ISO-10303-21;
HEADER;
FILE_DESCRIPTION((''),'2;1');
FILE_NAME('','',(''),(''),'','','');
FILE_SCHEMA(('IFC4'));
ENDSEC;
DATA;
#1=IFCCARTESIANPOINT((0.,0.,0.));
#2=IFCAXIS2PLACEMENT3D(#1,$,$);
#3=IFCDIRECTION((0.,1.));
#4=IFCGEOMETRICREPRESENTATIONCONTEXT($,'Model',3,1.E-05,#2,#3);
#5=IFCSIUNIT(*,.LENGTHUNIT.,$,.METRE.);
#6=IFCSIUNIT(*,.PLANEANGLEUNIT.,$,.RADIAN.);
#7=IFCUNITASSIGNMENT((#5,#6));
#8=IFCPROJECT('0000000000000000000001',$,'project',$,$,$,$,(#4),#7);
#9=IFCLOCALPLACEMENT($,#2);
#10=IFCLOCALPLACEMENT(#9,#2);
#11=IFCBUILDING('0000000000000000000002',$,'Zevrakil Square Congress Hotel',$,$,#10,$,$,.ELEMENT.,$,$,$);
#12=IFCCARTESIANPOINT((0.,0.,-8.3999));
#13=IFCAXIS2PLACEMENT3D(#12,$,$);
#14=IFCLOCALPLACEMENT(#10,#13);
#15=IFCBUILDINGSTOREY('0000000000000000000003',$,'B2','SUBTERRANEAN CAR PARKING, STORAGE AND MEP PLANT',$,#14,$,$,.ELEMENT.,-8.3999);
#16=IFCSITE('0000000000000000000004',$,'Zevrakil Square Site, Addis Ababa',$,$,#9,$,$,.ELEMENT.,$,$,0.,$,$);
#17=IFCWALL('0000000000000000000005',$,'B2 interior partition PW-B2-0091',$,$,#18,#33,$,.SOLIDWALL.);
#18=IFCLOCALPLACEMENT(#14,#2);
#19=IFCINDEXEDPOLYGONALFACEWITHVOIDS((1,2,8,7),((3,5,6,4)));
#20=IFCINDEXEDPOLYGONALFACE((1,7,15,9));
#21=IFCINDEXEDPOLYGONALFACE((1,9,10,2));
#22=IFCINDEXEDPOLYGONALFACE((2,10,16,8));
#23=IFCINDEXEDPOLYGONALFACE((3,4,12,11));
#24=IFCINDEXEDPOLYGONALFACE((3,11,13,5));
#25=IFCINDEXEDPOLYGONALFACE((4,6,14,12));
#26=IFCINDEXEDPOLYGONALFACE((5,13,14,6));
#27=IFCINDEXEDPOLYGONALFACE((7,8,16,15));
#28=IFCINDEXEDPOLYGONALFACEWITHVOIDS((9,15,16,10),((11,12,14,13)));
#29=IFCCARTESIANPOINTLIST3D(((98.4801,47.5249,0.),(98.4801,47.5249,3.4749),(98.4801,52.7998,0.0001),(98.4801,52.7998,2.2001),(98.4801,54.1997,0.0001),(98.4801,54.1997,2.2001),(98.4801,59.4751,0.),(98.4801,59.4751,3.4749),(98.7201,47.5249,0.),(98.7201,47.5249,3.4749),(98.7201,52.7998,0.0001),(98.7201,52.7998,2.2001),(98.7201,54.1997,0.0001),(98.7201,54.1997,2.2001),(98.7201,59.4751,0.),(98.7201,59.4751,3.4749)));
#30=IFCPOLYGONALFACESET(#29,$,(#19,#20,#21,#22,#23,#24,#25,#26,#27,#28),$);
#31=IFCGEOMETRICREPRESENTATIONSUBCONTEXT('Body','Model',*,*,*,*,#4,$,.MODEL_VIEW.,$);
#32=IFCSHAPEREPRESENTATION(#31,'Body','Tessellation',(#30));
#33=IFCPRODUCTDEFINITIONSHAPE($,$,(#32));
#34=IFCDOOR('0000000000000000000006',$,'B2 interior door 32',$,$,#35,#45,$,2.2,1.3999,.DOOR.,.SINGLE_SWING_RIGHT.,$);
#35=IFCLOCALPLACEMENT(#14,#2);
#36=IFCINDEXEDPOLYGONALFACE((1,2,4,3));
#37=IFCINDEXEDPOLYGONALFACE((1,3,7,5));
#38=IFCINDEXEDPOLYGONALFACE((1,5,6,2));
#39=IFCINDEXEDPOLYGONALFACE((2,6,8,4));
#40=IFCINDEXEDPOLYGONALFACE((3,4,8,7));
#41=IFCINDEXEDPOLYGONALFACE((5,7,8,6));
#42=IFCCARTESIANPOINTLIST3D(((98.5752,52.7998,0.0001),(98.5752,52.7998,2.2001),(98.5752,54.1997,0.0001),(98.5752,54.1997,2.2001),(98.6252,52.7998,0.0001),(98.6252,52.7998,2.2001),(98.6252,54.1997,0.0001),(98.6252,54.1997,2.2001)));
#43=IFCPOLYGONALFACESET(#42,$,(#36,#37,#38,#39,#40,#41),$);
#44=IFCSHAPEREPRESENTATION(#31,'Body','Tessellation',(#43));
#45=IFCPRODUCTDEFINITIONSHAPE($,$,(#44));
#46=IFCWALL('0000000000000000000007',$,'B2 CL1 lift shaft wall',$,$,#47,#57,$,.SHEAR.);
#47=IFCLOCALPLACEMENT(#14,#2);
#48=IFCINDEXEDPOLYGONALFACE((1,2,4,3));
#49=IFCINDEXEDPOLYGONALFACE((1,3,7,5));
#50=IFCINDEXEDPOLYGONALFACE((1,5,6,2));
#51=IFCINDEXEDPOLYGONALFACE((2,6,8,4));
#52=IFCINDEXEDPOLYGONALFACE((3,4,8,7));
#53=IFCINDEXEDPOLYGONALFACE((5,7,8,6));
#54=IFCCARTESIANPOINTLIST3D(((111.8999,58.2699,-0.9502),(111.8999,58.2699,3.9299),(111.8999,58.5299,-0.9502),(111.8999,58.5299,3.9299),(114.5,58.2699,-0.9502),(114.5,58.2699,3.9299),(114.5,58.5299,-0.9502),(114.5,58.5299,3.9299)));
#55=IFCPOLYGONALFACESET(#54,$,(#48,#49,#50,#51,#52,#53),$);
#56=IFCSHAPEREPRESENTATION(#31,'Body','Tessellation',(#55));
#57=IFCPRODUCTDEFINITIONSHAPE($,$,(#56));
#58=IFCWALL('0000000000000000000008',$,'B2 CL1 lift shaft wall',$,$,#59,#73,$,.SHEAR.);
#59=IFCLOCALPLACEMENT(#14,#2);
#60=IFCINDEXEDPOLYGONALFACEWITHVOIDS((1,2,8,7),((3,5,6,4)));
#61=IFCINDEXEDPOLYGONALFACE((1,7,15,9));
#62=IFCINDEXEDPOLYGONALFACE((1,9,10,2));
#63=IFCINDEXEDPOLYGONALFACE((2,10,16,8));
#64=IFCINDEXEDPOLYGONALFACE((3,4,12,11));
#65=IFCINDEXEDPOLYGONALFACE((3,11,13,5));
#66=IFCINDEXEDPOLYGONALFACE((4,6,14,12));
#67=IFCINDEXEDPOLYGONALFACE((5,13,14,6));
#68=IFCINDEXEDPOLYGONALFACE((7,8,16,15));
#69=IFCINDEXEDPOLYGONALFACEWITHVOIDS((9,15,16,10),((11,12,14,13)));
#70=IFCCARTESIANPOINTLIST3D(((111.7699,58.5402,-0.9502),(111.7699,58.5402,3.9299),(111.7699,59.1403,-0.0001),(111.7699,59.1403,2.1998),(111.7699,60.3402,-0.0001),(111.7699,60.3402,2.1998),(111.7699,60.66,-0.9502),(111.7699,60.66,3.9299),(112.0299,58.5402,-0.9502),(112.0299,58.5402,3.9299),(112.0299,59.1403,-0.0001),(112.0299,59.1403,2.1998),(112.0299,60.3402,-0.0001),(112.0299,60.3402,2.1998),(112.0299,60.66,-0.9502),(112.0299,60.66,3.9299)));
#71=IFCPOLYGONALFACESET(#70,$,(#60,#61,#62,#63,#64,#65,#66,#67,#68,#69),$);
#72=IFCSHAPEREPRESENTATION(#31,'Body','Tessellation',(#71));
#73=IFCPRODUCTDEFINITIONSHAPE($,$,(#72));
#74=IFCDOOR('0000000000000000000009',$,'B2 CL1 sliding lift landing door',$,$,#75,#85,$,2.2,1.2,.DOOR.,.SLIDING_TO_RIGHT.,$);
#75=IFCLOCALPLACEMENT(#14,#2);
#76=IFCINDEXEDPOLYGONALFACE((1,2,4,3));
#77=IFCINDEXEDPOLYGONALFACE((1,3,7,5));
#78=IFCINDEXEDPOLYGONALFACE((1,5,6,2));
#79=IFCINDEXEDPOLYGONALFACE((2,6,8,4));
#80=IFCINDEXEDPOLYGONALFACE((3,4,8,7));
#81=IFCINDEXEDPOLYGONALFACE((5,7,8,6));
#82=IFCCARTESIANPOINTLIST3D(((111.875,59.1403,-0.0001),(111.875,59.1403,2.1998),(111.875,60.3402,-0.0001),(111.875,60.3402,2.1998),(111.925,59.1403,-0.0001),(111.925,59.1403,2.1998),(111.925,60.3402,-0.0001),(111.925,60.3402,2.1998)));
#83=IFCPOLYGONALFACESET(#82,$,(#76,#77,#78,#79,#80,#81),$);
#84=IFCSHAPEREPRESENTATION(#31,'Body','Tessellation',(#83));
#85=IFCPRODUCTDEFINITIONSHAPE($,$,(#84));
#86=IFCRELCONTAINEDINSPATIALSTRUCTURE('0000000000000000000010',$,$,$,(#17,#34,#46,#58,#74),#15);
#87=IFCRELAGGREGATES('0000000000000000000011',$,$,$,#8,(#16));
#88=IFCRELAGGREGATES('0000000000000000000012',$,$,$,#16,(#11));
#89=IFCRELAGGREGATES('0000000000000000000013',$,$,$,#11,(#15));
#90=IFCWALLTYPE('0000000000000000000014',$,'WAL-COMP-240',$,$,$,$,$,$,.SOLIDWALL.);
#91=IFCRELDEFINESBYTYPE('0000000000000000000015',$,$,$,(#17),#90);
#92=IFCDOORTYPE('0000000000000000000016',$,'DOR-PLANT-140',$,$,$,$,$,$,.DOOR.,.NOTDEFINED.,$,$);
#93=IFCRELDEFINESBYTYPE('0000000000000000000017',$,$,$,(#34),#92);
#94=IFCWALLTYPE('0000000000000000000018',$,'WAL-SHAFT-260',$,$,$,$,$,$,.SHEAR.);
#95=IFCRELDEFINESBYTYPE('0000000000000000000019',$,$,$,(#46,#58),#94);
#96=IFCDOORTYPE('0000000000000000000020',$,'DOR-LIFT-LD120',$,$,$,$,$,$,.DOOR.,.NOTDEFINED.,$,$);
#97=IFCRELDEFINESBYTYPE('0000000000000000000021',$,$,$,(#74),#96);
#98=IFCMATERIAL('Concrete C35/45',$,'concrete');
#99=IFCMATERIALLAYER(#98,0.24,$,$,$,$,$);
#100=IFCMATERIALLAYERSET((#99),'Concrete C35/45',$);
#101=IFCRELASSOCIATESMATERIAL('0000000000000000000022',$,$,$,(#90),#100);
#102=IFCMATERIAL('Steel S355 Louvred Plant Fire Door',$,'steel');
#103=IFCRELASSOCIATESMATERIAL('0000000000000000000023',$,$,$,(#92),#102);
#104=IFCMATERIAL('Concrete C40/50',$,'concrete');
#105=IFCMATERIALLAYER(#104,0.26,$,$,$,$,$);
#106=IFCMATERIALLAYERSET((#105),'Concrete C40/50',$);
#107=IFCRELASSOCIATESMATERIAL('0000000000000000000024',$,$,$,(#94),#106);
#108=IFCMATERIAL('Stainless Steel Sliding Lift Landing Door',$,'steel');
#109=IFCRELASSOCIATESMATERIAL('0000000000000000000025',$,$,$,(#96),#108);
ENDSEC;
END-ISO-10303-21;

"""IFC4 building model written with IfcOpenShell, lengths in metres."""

from ifc_helpers import new_model, si_unit, direction, frame, frame_2d, origin, place, context, subcontext, project, spatial, rectangle, extrude, material, layer, layer_set, type_object, element, fill, save


model = new_model("IFC4")

# Units and contexts
model_context = context("Model", 3, precision=1e-05, world=origin(), true_north=direction((0.0, 1.0)))
body_context = subcontext(model_context, "Body", "Model", "MODEL_VIEW")
ifc_project = project(units=[si_unit("LENGTHUNIT", "METRE"), si_unit("PLANEANGLEUNIT", "RADIAN")], contexts=[model_context])

# Site, building, storey
site_placement = place(None, origin())
site = spatial("IfcSite", under=ifc_project, at=site_placement, Name="Zevrakil Square Site, Addis Ababa", CompositionType="ELEMENT", RefElevation=0.0)
building_placement = place(site_placement, origin())
building = spatial("IfcBuilding", under=site, at=building_placement, Name="Zevrakil Square Congress Hotel", CompositionType="ELEMENT")
storey_placement = place(building_placement, frame((0.0, 0.0, -8.3999)))
storey = spatial("IfcBuildingStorey", under=building, at=storey_placement, Name="B2", Description="SUBTERRANEAN CAR PARKING, STORAGE AND MEP PLANT", CompositionType="ELEMENT", Elevation=-8.3999)

# Shared definitions
ifc_material_1 = material(Name="Concrete C35/45", Category="concrete")
ifc_layer_1 = layer(ifc_material_1, 0.24)
ifc_layer_set_1 = layer_set([ifc_layer_1], Name="Concrete C35/45")
wall_type_1 = type_object("IfcWallType", Name="WAL-COMP-240", PredefinedType="SOLIDWALL", material=ifc_layer_set_1)

# Wall, opening, door
wall_1_placement = place(storey_placement, frame((98.6001, 47.5249, 0.0), z_axis=(0.0, 0.0, 1.0), x_axis=(0.0, 1.0, 0.0)))
wall_1 = element("IfcWall", 1, at=wall_1_placement, inside=storey, type_object=wall_type_1, Name="B2 interior partition PW-B2-0091", PredefinedType="SOLIDWALL", context=body_context, shape_type="SweptSolid", body=[
    extrude(rectangle(XDim=11.9502, YDim=0.24, at=frame_2d((5.9751, 0.0))), origin(), (0.0, 0.0, 1.0), 3.4749),
])
opening_1_placement = place(wall_1_placement, frame((5.2749, 0.0, 0.0)))
opening_1 = element("IfcOpeningElement", 2, at=opening_1_placement, cuts=wall_1, PredefinedType="OPENING", context=body_context, shape_type="SweptSolid", body=[
    extrude(rectangle(XDim=1.3999, YDim=2.2, at=frame_2d((0.7, 1.1001))), frame((0.0, 0.1299, 0.0), z_axis=(0.0, -1.0, 0.0), x_axis=(1.0, 0.0, 0.0)), (0.0, 0.0, 1.0), 0.26),
])
ifc_material_2 = material(Name="Steel S355 Louvred Plant Fire Door", Category="steel")
door_type_1 = type_object("IfcDoorType", Name="DOR-PLANT-140", OperationType="NOTDEFINED", PredefinedType="DOOR", material=ifc_material_2)
door_1_placement = place(opening_1_placement, origin())
door_1 = element("IfcDoor", 3, at=door_1_placement, inside=storey, type_object=door_type_1, Name="B2 interior door 32", OperationType="SINGLE_SWING_RIGHT", OverallHeight=2.2, OverallWidth=1.3999, PredefinedType="DOOR", context=body_context, shape_type="SweptSolid", body=[
    extrude(rectangle(XDim=1.3999, YDim=2.2, at=frame_2d((0.7, 1.1001))), frame((0.0, 0.0249, 0.0), z_axis=(0.0, -1.0, 0.0), x_axis=(1.0, 0.0, 0.0)), (0.0, 0.0, 1.0), 0.05),
])
fill(opening_1, door_1)

# Wall
ifc_material_3 = material(Name="Concrete C40/50", Category="concrete")
ifc_layer_2 = layer(ifc_material_3, 0.26)
ifc_layer_set_2 = layer_set([ifc_layer_2], Name="Concrete C40/50")
wall_type_2 = type_object("IfcWallType", Name="WAL-SHAFT-260", PredefinedType="SHEAR", material=ifc_layer_set_2)
wall_2_placement = place(storey_placement, frame((111.8999, 58.3999, -0.9502), z_axis=(0.0, 0.0, 1.0), x_axis=(1.0, 0.0, 0.0)))
element("IfcWall", 4, at=wall_2_placement, inside=storey, type_object=wall_type_2, Name="B2 CL1 lift shaft wall", PredefinedType="SHEAR", context=body_context, shape_type="SweptSolid", body=[
    extrude(rectangle(XDim=2.6001, YDim=0.26, at=frame_2d((1.3, 0.0))), origin(), (0.0, 0.0, 1.0), 4.8801),
])

# Wall, opening, door
wall_3_placement = place(storey_placement, frame((111.8999, 58.54, -0.9502), z_axis=(0.0, 0.0, 1.0), x_axis=(0.0, 1.0, 0.0)))
wall_3 = element("IfcWall", 5, at=wall_3_placement, inside=storey, type_object=wall_type_2, Name="B2 CL1 lift shaft wall", PredefinedType="SHEAR", context=body_context, shape_type="SweptSolid", body=[
    extrude(rectangle(XDim=2.1199, YDim=0.26, at=frame_2d((1.0601, 0.0))), origin(), (0.0, 0.0, 1.0), 4.8801),
])
opening_2_placement = place(wall_3_placement, frame((0.6001, 0.0, 0.95)))
opening_2 = element("IfcOpeningElement", 6, at=opening_2_placement, cuts=wall_3, PredefinedType="OPENING", context=body_context, shape_type="SweptSolid", body=[
    extrude(rectangle(XDim=1.2, YDim=2.2, at=frame_2d((0.6001, 1.1001))), frame((0.0, 0.1401, 0.0), z_axis=(0.0, -1.0, 0.0), x_axis=(1.0, 0.0, 0.0)), (0.0, 0.0, 1.0), 0.28),
])
ifc_material_4 = material(Name="Stainless Steel Sliding Lift Landing Door", Category="steel")
door_type_2 = type_object("IfcDoorType", Name="DOR-LIFT-LD120", OperationType="NOTDEFINED", PredefinedType="DOOR", material=ifc_material_4)
door_2_placement = place(opening_2_placement, origin())
door_2 = element("IfcDoor", 7, at=door_2_placement, inside=storey, type_object=door_type_2, Name="B2 CL1 sliding lift landing door", OperationType="SLIDING_TO_RIGHT", OverallHeight=2.2, OverallWidth=1.2, PredefinedType="DOOR", context=body_context, shape_type="SweptSolid", body=[
    extrude(rectangle(XDim=1.2, YDim=2.2, at=frame_2d((0.6001, 1.1001))), frame((0.0, 0.0249, 0.0), z_axis=(0.0, -1.0, 0.0), x_axis=(1.0, 0.0, 0.0)), (0.0, 0.0, 1.0), 0.05),
])
fill(opening_2, door_2)

save(model, "model.ifc")
